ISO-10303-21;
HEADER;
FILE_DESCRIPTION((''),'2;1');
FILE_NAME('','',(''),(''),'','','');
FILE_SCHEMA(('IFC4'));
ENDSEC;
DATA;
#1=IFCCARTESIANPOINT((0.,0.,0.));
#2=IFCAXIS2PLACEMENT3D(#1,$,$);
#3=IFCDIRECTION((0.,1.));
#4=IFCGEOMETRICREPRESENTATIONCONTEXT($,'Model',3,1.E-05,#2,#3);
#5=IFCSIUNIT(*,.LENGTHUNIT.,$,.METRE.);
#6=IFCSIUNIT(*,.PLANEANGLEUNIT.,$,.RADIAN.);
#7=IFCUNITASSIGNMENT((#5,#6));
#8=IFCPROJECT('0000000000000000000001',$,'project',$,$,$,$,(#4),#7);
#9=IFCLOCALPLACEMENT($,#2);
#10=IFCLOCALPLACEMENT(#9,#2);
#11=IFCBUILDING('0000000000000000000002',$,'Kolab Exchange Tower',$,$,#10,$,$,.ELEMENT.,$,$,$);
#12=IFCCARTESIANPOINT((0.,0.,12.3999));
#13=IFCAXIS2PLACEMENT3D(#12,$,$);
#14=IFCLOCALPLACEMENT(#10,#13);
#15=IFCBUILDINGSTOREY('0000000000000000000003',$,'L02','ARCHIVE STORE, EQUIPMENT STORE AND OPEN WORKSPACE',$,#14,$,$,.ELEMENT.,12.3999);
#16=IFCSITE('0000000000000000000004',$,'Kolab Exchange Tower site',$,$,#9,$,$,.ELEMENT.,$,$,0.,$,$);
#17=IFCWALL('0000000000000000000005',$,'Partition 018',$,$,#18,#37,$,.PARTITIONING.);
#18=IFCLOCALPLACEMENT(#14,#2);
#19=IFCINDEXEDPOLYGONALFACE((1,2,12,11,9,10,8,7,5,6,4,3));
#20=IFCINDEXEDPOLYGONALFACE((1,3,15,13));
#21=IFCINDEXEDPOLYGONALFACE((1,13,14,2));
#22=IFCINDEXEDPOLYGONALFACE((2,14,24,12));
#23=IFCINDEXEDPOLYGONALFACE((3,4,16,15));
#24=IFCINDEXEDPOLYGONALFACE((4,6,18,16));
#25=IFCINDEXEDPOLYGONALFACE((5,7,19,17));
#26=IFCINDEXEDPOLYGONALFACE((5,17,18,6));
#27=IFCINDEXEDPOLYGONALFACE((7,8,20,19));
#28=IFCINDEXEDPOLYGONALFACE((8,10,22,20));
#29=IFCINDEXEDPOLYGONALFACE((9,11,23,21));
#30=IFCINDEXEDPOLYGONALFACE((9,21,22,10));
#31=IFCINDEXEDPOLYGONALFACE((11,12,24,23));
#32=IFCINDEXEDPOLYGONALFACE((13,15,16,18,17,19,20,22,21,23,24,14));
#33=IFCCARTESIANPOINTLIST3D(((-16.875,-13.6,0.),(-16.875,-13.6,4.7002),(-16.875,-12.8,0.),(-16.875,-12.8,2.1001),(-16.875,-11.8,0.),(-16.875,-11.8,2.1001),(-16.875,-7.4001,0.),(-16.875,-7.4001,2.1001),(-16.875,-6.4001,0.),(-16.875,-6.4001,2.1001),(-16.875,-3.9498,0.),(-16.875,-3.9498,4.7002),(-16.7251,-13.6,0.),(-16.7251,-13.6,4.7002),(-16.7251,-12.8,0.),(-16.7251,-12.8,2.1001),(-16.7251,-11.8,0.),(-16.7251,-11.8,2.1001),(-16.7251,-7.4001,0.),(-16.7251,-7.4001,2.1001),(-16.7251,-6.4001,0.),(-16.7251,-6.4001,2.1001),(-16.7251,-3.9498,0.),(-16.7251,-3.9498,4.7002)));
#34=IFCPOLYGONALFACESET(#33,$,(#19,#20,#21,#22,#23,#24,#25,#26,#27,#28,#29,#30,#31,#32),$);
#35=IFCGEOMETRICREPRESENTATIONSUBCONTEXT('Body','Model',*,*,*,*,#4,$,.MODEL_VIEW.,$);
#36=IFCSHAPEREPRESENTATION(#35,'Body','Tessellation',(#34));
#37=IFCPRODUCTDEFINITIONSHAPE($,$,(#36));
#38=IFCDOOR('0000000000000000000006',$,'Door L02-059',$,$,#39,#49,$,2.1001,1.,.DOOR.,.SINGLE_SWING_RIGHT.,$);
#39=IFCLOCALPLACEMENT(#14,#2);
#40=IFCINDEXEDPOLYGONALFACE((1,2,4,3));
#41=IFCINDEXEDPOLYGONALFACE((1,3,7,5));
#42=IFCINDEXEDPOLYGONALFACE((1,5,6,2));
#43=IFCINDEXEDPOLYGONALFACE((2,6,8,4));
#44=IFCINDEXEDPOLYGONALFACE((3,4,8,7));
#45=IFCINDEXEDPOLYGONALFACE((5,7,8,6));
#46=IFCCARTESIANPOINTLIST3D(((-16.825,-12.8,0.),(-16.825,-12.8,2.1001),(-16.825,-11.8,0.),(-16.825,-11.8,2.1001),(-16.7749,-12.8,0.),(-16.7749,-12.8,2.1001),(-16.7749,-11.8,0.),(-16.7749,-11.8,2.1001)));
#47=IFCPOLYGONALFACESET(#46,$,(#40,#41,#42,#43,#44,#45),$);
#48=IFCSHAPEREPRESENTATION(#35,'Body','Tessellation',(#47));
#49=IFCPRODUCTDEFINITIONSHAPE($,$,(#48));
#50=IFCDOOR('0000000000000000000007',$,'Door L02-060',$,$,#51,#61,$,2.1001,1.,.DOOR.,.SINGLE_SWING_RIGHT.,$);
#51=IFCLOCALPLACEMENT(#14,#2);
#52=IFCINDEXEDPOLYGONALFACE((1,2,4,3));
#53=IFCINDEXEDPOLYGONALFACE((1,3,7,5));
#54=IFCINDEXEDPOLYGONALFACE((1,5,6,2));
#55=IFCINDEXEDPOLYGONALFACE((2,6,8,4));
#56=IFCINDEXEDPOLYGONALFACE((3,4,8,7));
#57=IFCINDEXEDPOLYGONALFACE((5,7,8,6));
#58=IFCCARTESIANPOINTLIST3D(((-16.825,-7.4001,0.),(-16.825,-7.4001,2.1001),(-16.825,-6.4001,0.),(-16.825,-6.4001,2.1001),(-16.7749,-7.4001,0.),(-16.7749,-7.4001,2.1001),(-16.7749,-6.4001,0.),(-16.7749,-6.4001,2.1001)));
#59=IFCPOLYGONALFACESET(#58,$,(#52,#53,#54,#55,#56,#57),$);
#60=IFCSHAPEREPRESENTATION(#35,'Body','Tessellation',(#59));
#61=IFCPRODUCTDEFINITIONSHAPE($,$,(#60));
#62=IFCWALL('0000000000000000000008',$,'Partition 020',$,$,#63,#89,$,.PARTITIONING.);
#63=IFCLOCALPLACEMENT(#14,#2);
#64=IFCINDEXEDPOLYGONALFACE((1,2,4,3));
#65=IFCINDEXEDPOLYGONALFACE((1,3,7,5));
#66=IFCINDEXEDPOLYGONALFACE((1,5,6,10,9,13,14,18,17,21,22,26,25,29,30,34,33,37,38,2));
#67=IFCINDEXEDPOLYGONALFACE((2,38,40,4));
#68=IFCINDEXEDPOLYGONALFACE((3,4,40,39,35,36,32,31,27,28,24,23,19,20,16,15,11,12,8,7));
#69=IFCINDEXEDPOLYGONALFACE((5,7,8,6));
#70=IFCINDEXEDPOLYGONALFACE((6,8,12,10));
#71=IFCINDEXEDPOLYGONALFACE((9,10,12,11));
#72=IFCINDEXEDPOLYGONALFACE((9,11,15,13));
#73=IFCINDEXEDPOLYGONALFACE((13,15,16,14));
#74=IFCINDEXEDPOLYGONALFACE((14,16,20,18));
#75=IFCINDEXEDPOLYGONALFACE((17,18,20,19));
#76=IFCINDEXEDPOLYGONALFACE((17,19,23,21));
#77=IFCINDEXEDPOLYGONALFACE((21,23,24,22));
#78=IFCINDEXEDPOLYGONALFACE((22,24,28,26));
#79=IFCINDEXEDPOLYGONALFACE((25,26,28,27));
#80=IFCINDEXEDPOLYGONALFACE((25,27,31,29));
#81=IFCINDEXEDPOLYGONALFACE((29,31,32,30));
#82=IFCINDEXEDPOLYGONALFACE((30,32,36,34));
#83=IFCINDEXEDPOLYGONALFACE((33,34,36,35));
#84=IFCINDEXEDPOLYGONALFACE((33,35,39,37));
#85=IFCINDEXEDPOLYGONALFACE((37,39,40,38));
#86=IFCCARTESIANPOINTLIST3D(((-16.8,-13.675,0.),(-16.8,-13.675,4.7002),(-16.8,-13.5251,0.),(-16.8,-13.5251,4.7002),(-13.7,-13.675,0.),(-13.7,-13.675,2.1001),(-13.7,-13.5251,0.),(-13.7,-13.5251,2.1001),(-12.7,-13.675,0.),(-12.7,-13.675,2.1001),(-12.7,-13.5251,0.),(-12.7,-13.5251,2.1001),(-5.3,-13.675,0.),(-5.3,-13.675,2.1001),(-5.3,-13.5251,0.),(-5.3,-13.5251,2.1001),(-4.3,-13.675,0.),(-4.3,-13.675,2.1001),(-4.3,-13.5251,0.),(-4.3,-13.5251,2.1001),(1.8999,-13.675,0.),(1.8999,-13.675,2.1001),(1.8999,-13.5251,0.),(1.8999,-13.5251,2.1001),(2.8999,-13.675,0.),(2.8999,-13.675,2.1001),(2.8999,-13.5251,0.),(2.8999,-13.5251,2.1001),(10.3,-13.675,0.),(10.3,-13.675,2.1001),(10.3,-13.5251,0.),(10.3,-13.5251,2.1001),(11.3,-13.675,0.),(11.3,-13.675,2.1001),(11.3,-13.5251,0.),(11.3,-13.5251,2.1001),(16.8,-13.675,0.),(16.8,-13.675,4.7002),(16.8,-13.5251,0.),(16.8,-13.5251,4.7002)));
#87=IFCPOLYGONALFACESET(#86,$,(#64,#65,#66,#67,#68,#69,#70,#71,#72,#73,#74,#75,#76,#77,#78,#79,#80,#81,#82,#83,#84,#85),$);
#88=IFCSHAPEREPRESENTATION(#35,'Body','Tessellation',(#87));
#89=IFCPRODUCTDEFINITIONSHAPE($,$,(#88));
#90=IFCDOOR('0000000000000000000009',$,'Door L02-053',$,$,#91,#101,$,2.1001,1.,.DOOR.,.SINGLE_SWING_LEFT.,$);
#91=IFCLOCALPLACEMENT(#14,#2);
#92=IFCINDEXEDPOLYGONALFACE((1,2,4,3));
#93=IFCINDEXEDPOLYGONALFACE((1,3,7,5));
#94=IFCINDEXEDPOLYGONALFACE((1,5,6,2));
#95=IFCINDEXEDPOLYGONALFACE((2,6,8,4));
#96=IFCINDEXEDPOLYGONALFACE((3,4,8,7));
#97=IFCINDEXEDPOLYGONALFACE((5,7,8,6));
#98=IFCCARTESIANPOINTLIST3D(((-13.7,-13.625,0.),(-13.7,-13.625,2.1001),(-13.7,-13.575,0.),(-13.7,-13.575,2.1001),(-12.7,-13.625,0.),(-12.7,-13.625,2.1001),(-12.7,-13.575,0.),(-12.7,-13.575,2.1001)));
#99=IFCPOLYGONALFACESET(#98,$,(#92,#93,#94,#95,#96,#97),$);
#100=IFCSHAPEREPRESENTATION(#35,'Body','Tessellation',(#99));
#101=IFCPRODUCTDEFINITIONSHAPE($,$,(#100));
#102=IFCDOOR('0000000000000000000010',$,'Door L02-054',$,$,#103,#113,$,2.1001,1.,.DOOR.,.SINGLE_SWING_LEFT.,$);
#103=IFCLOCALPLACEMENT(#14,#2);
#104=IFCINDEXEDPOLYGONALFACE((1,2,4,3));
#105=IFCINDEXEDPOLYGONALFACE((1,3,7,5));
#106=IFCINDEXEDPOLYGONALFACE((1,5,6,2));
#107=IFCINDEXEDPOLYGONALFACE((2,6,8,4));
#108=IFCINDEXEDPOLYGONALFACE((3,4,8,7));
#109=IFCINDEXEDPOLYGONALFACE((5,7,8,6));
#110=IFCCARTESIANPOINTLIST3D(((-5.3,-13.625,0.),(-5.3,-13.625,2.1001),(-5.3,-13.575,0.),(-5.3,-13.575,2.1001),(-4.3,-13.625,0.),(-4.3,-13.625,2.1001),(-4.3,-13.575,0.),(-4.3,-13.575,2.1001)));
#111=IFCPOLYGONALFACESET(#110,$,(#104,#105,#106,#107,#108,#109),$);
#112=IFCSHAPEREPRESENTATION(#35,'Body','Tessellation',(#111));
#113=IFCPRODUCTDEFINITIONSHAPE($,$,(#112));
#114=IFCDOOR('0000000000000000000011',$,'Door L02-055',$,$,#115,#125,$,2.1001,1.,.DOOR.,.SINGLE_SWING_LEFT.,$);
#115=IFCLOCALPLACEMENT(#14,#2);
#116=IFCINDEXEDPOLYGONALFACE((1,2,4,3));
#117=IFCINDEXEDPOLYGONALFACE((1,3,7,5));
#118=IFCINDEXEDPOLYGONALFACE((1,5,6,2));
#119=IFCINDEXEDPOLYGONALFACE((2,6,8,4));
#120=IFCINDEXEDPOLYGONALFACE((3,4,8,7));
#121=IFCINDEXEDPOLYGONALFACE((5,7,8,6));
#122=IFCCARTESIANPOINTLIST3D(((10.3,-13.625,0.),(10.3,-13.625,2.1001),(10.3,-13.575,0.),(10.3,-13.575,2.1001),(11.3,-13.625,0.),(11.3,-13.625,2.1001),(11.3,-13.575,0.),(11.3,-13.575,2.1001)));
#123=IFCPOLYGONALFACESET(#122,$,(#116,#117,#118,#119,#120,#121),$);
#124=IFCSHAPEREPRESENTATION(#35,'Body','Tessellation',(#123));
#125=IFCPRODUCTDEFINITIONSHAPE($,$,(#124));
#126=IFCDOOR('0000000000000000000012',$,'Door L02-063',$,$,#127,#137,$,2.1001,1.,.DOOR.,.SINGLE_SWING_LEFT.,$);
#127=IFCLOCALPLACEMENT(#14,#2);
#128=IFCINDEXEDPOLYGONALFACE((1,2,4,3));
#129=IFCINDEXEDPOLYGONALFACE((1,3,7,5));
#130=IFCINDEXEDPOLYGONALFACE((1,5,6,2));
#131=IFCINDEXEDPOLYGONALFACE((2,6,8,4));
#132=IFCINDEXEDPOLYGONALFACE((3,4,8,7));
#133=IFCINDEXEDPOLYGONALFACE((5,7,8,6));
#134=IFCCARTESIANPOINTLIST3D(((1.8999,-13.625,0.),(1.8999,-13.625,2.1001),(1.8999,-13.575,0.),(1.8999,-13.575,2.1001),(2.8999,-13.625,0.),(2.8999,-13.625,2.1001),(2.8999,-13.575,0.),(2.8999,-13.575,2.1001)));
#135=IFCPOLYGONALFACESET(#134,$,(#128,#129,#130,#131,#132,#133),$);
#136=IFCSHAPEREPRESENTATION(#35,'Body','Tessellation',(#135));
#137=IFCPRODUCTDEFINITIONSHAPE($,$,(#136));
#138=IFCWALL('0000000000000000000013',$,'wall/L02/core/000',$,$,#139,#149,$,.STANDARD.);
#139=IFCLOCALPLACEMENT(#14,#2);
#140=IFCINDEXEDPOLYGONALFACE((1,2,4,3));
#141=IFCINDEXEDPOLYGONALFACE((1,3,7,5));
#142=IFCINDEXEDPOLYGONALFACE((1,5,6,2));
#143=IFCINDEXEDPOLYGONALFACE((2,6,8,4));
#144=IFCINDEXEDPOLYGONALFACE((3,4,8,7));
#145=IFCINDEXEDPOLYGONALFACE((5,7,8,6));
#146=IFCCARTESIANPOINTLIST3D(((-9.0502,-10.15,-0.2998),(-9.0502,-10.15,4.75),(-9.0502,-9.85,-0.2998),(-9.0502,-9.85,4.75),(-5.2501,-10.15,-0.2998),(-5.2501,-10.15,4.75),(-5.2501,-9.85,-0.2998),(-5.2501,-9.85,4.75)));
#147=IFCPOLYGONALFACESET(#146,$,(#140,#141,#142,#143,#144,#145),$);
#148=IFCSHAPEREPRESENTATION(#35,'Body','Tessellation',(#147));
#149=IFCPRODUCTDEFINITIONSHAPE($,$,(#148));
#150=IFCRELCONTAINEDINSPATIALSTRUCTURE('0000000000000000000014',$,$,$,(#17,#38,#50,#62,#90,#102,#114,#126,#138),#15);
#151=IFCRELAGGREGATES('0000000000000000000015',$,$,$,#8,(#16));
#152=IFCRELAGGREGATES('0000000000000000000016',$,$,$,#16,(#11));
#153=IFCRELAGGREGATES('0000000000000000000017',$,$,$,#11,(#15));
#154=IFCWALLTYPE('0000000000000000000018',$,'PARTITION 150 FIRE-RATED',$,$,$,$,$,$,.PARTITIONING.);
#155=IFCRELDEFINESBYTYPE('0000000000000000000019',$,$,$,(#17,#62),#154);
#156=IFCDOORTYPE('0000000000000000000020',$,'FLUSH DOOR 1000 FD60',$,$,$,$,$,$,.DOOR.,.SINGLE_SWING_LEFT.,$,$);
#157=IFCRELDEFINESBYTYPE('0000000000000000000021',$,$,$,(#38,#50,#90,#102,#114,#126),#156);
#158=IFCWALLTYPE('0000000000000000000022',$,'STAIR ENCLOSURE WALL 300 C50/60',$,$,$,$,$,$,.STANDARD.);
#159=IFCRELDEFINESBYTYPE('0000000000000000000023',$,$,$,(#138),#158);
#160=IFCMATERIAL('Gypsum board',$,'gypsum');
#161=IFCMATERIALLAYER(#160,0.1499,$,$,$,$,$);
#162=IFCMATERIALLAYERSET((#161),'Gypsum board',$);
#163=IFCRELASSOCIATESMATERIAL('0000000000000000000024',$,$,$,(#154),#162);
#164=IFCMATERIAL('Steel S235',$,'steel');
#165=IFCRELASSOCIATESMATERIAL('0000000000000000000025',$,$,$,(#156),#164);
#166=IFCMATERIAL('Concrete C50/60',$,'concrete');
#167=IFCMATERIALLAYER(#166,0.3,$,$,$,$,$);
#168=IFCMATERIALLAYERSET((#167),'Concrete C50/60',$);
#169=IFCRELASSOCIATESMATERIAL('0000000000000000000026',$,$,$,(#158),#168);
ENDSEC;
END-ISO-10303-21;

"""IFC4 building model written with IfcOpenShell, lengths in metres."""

from ifc_helpers import new_model, si_unit, direction, frame, frame_2d, origin, place, context, subcontext, project, spatial, rectangle, extrude, material, layer, layer_set, type_object, element, fill, save


model = new_model("IFC4")

# Units and contexts
model_context = context("Model", 3, precision=1e-05, world=origin(), true_north=direction((0.0, 1.0)))
body_context = subcontext(model_context, "Body", "Model", "MODEL_VIEW")
ifc_project = project(units=[si_unit("LENGTHUNIT", "METRE"), si_unit("PLANEANGLEUNIT", "RADIAN")], contexts=[model_context])

# Site, building, storey
site_placement = place(None, origin())
site = spatial("IfcSite", under=ifc_project, at=site_placement, Name="Kolab Exchange Tower site", CompositionType="ELEMENT", RefElevation=0.0)
building_placement = place(site_placement, origin())
building = spatial("IfcBuilding", under=site, at=building_placement, Name="Kolab Exchange Tower", CompositionType="ELEMENT")
storey_placement = place(building_placement, frame((0.0, 0.0, 12.3999)))
storey = spatial("IfcBuildingStorey", under=building, at=storey_placement, Name="L02", Description="ARCHIVE STORE, EQUIPMENT STORE AND OPEN WORKSPACE", CompositionType="ELEMENT", Elevation=12.3999)

# Shared definitions
ifc_material_1 = material(Name="Gypsum board", Category="gypsum")

# Walls, openings, doors
ifc_layer_1 = layer(ifc_material_1, 0.1499)
ifc_layer_set_1 = layer_set([ifc_layer_1], Name="Gypsum board")
wall_type_1 = type_object("IfcWallType", Name="PARTITION 150 FIRE-RATED", PredefinedType="PARTITIONING", material=ifc_layer_set_1)
wall_1_placement = place(storey_placement, frame((-16.8, -13.6001, 0.0), z_axis=(0.0, 0.0, 1.0), x_axis=(0.0, 1.0, 0.0)))
wall_1 = element("IfcWall", 1, at=wall_1_placement, inside=storey, type_object=wall_type_1, Name="Partition 018", PredefinedType="PARTITIONING", context=body_context, shape_type="SweptSolid", body=[
    extrude(rectangle(XDim=9.6501, YDim=0.1499, at=frame_2d((4.8252, 0.0))), origin(), (0.0, 0.0, 1.0), 4.7002),
])
opening_1_placement = place(wall_1_placement, frame((0.8, 0.0, 0.0)))
opening_1 = element("IfcOpeningElement", 2, at=opening_1_placement, cuts=wall_1, PredefinedType="OPENING", context=body_context, shape_type="SweptSolid", body=[
    extrude(rectangle(XDim=1.0, YDim=2.1001, at=frame_2d((0.5, 1.05))), frame((0.0, 0.085, 0.0), z_axis=(0.0, -1.0, 0.0), x_axis=(1.0, 0.0, 0.0)), (0.0, 0.0, 1.0), 0.1699),
])
opening_2_placement = place(wall_1_placement, frame((6.2, 0.0, 0.0)))
opening_2 = element("IfcOpeningElement", 3, at=opening_2_placement, cuts=wall_1, PredefinedType="OPENING", context=body_context, shape_type="SweptSolid", body=[
    extrude(rectangle(XDim=1.0, YDim=2.1001, at=frame_2d((0.5, 1.05))), frame((0.0, 0.085, 0.0), z_axis=(0.0, -1.0, 0.0), x_axis=(1.0, 0.0, 0.0)), (0.0, 0.0, 1.0), 0.1699),
])
ifc_material_2 = material(Name="Steel S235", Category="steel")
door_type_1 = type_object("IfcDoorType", Name="FLUSH DOOR 1000 FD60", OperationType="SINGLE_SWING_LEFT", PredefinedType="DOOR", material=ifc_material_2)
door_1_placement = place(opening_1_placement, origin())
door_1 = element("IfcDoor", 4, at=door_1_placement, inside=storey, type_object=door_type_1, Name="Door L02-059", OperationType="SINGLE_SWING_RIGHT", OverallHeight=2.1001, OverallWidth=1.0, PredefinedType="DOOR", context=body_context, shape_type="SweptSolid", body=[
    extrude(rectangle(XDim=1.0, YDim=2.1001, at=frame_2d((0.5, 1.05))), frame((0.0, 0.0249, 0.0), z_axis=(0.0, -1.0, 0.0), x_axis=(1.0, 0.0, 0.0)), (0.0, 0.0, 1.0), 0.05),
])
fill(opening_1, door_1)
door_2_placement = place(opening_2_placement, origin())
door_2 = element("IfcDoor", 5, at=door_2_placement, inside=storey, type_object=door_type_1, Name="Door L02-060", OperationType="SINGLE_SWING_RIGHT", OverallHeight=2.1001, OverallWidth=1.0, PredefinedType="DOOR", context=body_context, shape_type="SweptSolid", body=[
    extrude(rectangle(XDim=1.0, YDim=2.1001, at=frame_2d((0.5, 1.05))), frame((0.0, 0.0249, 0.0), z_axis=(0.0, -1.0, 0.0), x_axis=(1.0, 0.0, 0.0)), (0.0, 0.0, 1.0), 0.05),
])
fill(opening_2, door_2)
wall_2_placement = place(storey_placement, frame((-16.8, -13.6001, 0.0), z_axis=(0.0, 0.0, 1.0), x_axis=(1.0, 0.0, 0.0)))
wall_2 = element("IfcWall", 6, at=wall_2_placement, inside=storey, type_object=wall_type_1, Name="Partition 020", PredefinedType="PARTITIONING", context=body_context, shape_type="SweptSolid", body=[
    extrude(rectangle(XDim=33.6001, YDim=0.1499, at=frame_2d((16.8, 0.0))), origin(), (0.0, 0.0, 1.0), 4.7002),
])
opening_3_placement = place(wall_2_placement, frame((3.1001, 0.0, 0.0)))
opening_3 = element("IfcOpeningElement", 7, at=opening_3_placement, cuts=wall_2, PredefinedType="OPENING", context=body_context, shape_type="SweptSolid", body=[
    extrude(rectangle(XDim=1.0, YDim=2.1001, at=frame_2d((0.5, 1.05))), frame((0.0, 0.085, 0.0), z_axis=(0.0, -1.0, 0.0), x_axis=(1.0, 0.0, 0.0)), (0.0, 0.0, 1.0), 0.1699),
])
opening_4_placement = place(wall_2_placement, frame((11.5, 0.0, 0.0)))
opening_4 = element("IfcOpeningElement", 8, at=opening_4_placement, cuts=wall_2, PredefinedType="OPENING", context=body_context, shape_type="SweptSolid", body=[
    extrude(rectangle(XDim=1.0, YDim=2.1001, at=frame_2d((0.5, 1.05))), frame((0.0, 0.085, 0.0), z_axis=(0.0, -1.0, 0.0), x_axis=(1.0, 0.0, 0.0)), (0.0, 0.0, 1.0), 0.1699),
])
opening_5_placement = place(wall_2_placement, frame((27.1001, 0.0, 0.0)))
opening_5 = element("IfcOpeningElement", 9, at=opening_5_placement, cuts=wall_2, PredefinedType="OPENING", context=body_context, shape_type="SweptSolid", body=[
    extrude(rectangle(XDim=1.0, YDim=2.1001, at=frame_2d((0.5, 1.05))), frame((0.0, 0.085, 0.0), z_axis=(0.0, -1.0, 0.0), x_axis=(1.0, 0.0, 0.0)), (0.0, 0.0, 1.0), 0.1699),
])
opening_6_placement = place(wall_2_placement, frame((18.7, 0.0, 0.0)))
opening_6 = element("IfcOpeningElement", 10, at=opening_6_placement, cuts=wall_2, PredefinedType="OPENING", context=body_context, shape_type="SweptSolid", body=[
    extrude(rectangle(XDim=1.0, YDim=2.1001, at=frame_2d((0.5, 1.05))), frame((0.0, 0.085, 0.0), z_axis=(0.0, -1.0, 0.0), x_axis=(1.0, 0.0, 0.0)), (0.0, 0.0, 1.0), 0.1699),
])
door_3_placement = place(opening_3_placement, frame((1.0, 0.0, 0.0), z_axis=(0.0, 0.0, 1.0), x_axis=(-1.0, 0.0, 0.0)))
door_3 = element("IfcDoor", 11, at=door_3_placement, inside=storey, type_object=door_type_1, Name="Door L02-053", OperationType="SINGLE_SWING_LEFT", OverallHeight=2.1001, OverallWidth=1.0, PredefinedType="DOOR", context=body_context, shape_type="SweptSolid", body=[
    extrude(rectangle(XDim=1.0, YDim=2.1001, at=frame_2d((0.5, 1.05))), frame((0.0, 0.0249, 0.0), z_axis=(0.0, -1.0, 0.0), x_axis=(1.0, 0.0, 0.0)), (0.0, 0.0, 1.0), 0.05),
])
fill(opening_3, door_3)
door_4_placement = place(opening_4_placement, frame((1.0, 0.0, 0.0), z_axis=(0.0, 0.0, 1.0), x_axis=(-1.0, 0.0, 0.0)))
door_4 = element("IfcDoor", 12, at=door_4_placement, inside=storey, type_object=door_type_1, Name="Door L02-054", OperationType="SINGLE_SWING_LEFT", OverallHeight=2.1001, OverallWidth=1.0, PredefinedType="DOOR", context=body_context, shape_type="SweptSolid", body=[
    extrude(rectangle(XDim=1.0, YDim=2.1001, at=frame_2d((0.5, 1.05))), frame((0.0, 0.0249, 0.0), z_axis=(0.0, -1.0, 0.0), x_axis=(1.0, 0.0, 0.0)), (0.0, 0.0, 1.0), 0.05),
])
fill(opening_4, door_4)
door_5_placement = place(opening_5_placement, frame((1.0, 0.0, 0.0), z_axis=(0.0, 0.0, 1.0), x_axis=(-1.0, 0.0, 0.0)))
door_5 = element("IfcDoor", 13, at=door_5_placement, inside=storey, type_object=door_type_1, Name="Door L02-055", OperationType="SINGLE_SWING_LEFT", OverallHeight=2.1001, OverallWidth=1.0, PredefinedType="DOOR", context=body_context, shape_type="SweptSolid", body=[
    extrude(rectangle(XDim=1.0, YDim=2.1001, at=frame_2d((0.5, 1.05))), frame((0.0, 0.0249, 0.0), z_axis=(0.0, -1.0, 0.0), x_axis=(1.0, 0.0, 0.0)), (0.0, 0.0, 1.0), 0.05),
])
fill(opening_5, door_5)
door_6_placement = place(opening_6_placement, frame((1.0, 0.0, 0.0), z_axis=(0.0, 0.0, 1.0), x_axis=(-1.0, 0.0, 0.0)))
door_6 = element("IfcDoor", 14, at=door_6_placement, inside=storey, type_object=door_type_1, Name="Door L02-063", OperationType="SINGLE_SWING_LEFT", OverallHeight=2.1001, OverallWidth=1.0, PredefinedType="DOOR", context=body_context, shape_type="SweptSolid", body=[
    extrude(rectangle(XDim=1.0, YDim=2.1001, at=frame_2d((0.5, 1.05))), frame((0.0, 0.0249, 0.0), z_axis=(0.0, -1.0, 0.0), x_axis=(1.0, 0.0, 0.0)), (0.0, 0.0, 1.0), 0.05),
])
fill(opening_6, door_6)

# Wall
ifc_material_3 = material(Name="Concrete C50/60", Category="concrete")
ifc_layer_2 = layer(ifc_material_3, 0.3)
ifc_layer_set_2 = layer_set([ifc_layer_2], Name="Concrete C50/60")
wall_type_2 = type_object("IfcWallType", Name="STAIR ENCLOSURE WALL 300 C50/60", PredefinedType="STANDARD", material=ifc_layer_set_2)
wall_3_placement = place(storey_placement, frame((-9.05, -10.0, -0.2998), z_axis=(0.0, 0.0, 1.0), x_axis=(1.0, 0.0, 0.0)))
element("IfcWall", 15, at=wall_3_placement, inside=storey, type_object=wall_type_2, Name="wall/L02/core/000", PredefinedType="STANDARD", context=body_context, shape_type="SweptSolid", body=[
    extrude(rectangle(XDim=3.8, YDim=0.3, at=frame_2d((1.8999, 0.0))), origin(), (0.0, 0.0, 1.0), 5.0498),
])

save(model, "model.ifc")
